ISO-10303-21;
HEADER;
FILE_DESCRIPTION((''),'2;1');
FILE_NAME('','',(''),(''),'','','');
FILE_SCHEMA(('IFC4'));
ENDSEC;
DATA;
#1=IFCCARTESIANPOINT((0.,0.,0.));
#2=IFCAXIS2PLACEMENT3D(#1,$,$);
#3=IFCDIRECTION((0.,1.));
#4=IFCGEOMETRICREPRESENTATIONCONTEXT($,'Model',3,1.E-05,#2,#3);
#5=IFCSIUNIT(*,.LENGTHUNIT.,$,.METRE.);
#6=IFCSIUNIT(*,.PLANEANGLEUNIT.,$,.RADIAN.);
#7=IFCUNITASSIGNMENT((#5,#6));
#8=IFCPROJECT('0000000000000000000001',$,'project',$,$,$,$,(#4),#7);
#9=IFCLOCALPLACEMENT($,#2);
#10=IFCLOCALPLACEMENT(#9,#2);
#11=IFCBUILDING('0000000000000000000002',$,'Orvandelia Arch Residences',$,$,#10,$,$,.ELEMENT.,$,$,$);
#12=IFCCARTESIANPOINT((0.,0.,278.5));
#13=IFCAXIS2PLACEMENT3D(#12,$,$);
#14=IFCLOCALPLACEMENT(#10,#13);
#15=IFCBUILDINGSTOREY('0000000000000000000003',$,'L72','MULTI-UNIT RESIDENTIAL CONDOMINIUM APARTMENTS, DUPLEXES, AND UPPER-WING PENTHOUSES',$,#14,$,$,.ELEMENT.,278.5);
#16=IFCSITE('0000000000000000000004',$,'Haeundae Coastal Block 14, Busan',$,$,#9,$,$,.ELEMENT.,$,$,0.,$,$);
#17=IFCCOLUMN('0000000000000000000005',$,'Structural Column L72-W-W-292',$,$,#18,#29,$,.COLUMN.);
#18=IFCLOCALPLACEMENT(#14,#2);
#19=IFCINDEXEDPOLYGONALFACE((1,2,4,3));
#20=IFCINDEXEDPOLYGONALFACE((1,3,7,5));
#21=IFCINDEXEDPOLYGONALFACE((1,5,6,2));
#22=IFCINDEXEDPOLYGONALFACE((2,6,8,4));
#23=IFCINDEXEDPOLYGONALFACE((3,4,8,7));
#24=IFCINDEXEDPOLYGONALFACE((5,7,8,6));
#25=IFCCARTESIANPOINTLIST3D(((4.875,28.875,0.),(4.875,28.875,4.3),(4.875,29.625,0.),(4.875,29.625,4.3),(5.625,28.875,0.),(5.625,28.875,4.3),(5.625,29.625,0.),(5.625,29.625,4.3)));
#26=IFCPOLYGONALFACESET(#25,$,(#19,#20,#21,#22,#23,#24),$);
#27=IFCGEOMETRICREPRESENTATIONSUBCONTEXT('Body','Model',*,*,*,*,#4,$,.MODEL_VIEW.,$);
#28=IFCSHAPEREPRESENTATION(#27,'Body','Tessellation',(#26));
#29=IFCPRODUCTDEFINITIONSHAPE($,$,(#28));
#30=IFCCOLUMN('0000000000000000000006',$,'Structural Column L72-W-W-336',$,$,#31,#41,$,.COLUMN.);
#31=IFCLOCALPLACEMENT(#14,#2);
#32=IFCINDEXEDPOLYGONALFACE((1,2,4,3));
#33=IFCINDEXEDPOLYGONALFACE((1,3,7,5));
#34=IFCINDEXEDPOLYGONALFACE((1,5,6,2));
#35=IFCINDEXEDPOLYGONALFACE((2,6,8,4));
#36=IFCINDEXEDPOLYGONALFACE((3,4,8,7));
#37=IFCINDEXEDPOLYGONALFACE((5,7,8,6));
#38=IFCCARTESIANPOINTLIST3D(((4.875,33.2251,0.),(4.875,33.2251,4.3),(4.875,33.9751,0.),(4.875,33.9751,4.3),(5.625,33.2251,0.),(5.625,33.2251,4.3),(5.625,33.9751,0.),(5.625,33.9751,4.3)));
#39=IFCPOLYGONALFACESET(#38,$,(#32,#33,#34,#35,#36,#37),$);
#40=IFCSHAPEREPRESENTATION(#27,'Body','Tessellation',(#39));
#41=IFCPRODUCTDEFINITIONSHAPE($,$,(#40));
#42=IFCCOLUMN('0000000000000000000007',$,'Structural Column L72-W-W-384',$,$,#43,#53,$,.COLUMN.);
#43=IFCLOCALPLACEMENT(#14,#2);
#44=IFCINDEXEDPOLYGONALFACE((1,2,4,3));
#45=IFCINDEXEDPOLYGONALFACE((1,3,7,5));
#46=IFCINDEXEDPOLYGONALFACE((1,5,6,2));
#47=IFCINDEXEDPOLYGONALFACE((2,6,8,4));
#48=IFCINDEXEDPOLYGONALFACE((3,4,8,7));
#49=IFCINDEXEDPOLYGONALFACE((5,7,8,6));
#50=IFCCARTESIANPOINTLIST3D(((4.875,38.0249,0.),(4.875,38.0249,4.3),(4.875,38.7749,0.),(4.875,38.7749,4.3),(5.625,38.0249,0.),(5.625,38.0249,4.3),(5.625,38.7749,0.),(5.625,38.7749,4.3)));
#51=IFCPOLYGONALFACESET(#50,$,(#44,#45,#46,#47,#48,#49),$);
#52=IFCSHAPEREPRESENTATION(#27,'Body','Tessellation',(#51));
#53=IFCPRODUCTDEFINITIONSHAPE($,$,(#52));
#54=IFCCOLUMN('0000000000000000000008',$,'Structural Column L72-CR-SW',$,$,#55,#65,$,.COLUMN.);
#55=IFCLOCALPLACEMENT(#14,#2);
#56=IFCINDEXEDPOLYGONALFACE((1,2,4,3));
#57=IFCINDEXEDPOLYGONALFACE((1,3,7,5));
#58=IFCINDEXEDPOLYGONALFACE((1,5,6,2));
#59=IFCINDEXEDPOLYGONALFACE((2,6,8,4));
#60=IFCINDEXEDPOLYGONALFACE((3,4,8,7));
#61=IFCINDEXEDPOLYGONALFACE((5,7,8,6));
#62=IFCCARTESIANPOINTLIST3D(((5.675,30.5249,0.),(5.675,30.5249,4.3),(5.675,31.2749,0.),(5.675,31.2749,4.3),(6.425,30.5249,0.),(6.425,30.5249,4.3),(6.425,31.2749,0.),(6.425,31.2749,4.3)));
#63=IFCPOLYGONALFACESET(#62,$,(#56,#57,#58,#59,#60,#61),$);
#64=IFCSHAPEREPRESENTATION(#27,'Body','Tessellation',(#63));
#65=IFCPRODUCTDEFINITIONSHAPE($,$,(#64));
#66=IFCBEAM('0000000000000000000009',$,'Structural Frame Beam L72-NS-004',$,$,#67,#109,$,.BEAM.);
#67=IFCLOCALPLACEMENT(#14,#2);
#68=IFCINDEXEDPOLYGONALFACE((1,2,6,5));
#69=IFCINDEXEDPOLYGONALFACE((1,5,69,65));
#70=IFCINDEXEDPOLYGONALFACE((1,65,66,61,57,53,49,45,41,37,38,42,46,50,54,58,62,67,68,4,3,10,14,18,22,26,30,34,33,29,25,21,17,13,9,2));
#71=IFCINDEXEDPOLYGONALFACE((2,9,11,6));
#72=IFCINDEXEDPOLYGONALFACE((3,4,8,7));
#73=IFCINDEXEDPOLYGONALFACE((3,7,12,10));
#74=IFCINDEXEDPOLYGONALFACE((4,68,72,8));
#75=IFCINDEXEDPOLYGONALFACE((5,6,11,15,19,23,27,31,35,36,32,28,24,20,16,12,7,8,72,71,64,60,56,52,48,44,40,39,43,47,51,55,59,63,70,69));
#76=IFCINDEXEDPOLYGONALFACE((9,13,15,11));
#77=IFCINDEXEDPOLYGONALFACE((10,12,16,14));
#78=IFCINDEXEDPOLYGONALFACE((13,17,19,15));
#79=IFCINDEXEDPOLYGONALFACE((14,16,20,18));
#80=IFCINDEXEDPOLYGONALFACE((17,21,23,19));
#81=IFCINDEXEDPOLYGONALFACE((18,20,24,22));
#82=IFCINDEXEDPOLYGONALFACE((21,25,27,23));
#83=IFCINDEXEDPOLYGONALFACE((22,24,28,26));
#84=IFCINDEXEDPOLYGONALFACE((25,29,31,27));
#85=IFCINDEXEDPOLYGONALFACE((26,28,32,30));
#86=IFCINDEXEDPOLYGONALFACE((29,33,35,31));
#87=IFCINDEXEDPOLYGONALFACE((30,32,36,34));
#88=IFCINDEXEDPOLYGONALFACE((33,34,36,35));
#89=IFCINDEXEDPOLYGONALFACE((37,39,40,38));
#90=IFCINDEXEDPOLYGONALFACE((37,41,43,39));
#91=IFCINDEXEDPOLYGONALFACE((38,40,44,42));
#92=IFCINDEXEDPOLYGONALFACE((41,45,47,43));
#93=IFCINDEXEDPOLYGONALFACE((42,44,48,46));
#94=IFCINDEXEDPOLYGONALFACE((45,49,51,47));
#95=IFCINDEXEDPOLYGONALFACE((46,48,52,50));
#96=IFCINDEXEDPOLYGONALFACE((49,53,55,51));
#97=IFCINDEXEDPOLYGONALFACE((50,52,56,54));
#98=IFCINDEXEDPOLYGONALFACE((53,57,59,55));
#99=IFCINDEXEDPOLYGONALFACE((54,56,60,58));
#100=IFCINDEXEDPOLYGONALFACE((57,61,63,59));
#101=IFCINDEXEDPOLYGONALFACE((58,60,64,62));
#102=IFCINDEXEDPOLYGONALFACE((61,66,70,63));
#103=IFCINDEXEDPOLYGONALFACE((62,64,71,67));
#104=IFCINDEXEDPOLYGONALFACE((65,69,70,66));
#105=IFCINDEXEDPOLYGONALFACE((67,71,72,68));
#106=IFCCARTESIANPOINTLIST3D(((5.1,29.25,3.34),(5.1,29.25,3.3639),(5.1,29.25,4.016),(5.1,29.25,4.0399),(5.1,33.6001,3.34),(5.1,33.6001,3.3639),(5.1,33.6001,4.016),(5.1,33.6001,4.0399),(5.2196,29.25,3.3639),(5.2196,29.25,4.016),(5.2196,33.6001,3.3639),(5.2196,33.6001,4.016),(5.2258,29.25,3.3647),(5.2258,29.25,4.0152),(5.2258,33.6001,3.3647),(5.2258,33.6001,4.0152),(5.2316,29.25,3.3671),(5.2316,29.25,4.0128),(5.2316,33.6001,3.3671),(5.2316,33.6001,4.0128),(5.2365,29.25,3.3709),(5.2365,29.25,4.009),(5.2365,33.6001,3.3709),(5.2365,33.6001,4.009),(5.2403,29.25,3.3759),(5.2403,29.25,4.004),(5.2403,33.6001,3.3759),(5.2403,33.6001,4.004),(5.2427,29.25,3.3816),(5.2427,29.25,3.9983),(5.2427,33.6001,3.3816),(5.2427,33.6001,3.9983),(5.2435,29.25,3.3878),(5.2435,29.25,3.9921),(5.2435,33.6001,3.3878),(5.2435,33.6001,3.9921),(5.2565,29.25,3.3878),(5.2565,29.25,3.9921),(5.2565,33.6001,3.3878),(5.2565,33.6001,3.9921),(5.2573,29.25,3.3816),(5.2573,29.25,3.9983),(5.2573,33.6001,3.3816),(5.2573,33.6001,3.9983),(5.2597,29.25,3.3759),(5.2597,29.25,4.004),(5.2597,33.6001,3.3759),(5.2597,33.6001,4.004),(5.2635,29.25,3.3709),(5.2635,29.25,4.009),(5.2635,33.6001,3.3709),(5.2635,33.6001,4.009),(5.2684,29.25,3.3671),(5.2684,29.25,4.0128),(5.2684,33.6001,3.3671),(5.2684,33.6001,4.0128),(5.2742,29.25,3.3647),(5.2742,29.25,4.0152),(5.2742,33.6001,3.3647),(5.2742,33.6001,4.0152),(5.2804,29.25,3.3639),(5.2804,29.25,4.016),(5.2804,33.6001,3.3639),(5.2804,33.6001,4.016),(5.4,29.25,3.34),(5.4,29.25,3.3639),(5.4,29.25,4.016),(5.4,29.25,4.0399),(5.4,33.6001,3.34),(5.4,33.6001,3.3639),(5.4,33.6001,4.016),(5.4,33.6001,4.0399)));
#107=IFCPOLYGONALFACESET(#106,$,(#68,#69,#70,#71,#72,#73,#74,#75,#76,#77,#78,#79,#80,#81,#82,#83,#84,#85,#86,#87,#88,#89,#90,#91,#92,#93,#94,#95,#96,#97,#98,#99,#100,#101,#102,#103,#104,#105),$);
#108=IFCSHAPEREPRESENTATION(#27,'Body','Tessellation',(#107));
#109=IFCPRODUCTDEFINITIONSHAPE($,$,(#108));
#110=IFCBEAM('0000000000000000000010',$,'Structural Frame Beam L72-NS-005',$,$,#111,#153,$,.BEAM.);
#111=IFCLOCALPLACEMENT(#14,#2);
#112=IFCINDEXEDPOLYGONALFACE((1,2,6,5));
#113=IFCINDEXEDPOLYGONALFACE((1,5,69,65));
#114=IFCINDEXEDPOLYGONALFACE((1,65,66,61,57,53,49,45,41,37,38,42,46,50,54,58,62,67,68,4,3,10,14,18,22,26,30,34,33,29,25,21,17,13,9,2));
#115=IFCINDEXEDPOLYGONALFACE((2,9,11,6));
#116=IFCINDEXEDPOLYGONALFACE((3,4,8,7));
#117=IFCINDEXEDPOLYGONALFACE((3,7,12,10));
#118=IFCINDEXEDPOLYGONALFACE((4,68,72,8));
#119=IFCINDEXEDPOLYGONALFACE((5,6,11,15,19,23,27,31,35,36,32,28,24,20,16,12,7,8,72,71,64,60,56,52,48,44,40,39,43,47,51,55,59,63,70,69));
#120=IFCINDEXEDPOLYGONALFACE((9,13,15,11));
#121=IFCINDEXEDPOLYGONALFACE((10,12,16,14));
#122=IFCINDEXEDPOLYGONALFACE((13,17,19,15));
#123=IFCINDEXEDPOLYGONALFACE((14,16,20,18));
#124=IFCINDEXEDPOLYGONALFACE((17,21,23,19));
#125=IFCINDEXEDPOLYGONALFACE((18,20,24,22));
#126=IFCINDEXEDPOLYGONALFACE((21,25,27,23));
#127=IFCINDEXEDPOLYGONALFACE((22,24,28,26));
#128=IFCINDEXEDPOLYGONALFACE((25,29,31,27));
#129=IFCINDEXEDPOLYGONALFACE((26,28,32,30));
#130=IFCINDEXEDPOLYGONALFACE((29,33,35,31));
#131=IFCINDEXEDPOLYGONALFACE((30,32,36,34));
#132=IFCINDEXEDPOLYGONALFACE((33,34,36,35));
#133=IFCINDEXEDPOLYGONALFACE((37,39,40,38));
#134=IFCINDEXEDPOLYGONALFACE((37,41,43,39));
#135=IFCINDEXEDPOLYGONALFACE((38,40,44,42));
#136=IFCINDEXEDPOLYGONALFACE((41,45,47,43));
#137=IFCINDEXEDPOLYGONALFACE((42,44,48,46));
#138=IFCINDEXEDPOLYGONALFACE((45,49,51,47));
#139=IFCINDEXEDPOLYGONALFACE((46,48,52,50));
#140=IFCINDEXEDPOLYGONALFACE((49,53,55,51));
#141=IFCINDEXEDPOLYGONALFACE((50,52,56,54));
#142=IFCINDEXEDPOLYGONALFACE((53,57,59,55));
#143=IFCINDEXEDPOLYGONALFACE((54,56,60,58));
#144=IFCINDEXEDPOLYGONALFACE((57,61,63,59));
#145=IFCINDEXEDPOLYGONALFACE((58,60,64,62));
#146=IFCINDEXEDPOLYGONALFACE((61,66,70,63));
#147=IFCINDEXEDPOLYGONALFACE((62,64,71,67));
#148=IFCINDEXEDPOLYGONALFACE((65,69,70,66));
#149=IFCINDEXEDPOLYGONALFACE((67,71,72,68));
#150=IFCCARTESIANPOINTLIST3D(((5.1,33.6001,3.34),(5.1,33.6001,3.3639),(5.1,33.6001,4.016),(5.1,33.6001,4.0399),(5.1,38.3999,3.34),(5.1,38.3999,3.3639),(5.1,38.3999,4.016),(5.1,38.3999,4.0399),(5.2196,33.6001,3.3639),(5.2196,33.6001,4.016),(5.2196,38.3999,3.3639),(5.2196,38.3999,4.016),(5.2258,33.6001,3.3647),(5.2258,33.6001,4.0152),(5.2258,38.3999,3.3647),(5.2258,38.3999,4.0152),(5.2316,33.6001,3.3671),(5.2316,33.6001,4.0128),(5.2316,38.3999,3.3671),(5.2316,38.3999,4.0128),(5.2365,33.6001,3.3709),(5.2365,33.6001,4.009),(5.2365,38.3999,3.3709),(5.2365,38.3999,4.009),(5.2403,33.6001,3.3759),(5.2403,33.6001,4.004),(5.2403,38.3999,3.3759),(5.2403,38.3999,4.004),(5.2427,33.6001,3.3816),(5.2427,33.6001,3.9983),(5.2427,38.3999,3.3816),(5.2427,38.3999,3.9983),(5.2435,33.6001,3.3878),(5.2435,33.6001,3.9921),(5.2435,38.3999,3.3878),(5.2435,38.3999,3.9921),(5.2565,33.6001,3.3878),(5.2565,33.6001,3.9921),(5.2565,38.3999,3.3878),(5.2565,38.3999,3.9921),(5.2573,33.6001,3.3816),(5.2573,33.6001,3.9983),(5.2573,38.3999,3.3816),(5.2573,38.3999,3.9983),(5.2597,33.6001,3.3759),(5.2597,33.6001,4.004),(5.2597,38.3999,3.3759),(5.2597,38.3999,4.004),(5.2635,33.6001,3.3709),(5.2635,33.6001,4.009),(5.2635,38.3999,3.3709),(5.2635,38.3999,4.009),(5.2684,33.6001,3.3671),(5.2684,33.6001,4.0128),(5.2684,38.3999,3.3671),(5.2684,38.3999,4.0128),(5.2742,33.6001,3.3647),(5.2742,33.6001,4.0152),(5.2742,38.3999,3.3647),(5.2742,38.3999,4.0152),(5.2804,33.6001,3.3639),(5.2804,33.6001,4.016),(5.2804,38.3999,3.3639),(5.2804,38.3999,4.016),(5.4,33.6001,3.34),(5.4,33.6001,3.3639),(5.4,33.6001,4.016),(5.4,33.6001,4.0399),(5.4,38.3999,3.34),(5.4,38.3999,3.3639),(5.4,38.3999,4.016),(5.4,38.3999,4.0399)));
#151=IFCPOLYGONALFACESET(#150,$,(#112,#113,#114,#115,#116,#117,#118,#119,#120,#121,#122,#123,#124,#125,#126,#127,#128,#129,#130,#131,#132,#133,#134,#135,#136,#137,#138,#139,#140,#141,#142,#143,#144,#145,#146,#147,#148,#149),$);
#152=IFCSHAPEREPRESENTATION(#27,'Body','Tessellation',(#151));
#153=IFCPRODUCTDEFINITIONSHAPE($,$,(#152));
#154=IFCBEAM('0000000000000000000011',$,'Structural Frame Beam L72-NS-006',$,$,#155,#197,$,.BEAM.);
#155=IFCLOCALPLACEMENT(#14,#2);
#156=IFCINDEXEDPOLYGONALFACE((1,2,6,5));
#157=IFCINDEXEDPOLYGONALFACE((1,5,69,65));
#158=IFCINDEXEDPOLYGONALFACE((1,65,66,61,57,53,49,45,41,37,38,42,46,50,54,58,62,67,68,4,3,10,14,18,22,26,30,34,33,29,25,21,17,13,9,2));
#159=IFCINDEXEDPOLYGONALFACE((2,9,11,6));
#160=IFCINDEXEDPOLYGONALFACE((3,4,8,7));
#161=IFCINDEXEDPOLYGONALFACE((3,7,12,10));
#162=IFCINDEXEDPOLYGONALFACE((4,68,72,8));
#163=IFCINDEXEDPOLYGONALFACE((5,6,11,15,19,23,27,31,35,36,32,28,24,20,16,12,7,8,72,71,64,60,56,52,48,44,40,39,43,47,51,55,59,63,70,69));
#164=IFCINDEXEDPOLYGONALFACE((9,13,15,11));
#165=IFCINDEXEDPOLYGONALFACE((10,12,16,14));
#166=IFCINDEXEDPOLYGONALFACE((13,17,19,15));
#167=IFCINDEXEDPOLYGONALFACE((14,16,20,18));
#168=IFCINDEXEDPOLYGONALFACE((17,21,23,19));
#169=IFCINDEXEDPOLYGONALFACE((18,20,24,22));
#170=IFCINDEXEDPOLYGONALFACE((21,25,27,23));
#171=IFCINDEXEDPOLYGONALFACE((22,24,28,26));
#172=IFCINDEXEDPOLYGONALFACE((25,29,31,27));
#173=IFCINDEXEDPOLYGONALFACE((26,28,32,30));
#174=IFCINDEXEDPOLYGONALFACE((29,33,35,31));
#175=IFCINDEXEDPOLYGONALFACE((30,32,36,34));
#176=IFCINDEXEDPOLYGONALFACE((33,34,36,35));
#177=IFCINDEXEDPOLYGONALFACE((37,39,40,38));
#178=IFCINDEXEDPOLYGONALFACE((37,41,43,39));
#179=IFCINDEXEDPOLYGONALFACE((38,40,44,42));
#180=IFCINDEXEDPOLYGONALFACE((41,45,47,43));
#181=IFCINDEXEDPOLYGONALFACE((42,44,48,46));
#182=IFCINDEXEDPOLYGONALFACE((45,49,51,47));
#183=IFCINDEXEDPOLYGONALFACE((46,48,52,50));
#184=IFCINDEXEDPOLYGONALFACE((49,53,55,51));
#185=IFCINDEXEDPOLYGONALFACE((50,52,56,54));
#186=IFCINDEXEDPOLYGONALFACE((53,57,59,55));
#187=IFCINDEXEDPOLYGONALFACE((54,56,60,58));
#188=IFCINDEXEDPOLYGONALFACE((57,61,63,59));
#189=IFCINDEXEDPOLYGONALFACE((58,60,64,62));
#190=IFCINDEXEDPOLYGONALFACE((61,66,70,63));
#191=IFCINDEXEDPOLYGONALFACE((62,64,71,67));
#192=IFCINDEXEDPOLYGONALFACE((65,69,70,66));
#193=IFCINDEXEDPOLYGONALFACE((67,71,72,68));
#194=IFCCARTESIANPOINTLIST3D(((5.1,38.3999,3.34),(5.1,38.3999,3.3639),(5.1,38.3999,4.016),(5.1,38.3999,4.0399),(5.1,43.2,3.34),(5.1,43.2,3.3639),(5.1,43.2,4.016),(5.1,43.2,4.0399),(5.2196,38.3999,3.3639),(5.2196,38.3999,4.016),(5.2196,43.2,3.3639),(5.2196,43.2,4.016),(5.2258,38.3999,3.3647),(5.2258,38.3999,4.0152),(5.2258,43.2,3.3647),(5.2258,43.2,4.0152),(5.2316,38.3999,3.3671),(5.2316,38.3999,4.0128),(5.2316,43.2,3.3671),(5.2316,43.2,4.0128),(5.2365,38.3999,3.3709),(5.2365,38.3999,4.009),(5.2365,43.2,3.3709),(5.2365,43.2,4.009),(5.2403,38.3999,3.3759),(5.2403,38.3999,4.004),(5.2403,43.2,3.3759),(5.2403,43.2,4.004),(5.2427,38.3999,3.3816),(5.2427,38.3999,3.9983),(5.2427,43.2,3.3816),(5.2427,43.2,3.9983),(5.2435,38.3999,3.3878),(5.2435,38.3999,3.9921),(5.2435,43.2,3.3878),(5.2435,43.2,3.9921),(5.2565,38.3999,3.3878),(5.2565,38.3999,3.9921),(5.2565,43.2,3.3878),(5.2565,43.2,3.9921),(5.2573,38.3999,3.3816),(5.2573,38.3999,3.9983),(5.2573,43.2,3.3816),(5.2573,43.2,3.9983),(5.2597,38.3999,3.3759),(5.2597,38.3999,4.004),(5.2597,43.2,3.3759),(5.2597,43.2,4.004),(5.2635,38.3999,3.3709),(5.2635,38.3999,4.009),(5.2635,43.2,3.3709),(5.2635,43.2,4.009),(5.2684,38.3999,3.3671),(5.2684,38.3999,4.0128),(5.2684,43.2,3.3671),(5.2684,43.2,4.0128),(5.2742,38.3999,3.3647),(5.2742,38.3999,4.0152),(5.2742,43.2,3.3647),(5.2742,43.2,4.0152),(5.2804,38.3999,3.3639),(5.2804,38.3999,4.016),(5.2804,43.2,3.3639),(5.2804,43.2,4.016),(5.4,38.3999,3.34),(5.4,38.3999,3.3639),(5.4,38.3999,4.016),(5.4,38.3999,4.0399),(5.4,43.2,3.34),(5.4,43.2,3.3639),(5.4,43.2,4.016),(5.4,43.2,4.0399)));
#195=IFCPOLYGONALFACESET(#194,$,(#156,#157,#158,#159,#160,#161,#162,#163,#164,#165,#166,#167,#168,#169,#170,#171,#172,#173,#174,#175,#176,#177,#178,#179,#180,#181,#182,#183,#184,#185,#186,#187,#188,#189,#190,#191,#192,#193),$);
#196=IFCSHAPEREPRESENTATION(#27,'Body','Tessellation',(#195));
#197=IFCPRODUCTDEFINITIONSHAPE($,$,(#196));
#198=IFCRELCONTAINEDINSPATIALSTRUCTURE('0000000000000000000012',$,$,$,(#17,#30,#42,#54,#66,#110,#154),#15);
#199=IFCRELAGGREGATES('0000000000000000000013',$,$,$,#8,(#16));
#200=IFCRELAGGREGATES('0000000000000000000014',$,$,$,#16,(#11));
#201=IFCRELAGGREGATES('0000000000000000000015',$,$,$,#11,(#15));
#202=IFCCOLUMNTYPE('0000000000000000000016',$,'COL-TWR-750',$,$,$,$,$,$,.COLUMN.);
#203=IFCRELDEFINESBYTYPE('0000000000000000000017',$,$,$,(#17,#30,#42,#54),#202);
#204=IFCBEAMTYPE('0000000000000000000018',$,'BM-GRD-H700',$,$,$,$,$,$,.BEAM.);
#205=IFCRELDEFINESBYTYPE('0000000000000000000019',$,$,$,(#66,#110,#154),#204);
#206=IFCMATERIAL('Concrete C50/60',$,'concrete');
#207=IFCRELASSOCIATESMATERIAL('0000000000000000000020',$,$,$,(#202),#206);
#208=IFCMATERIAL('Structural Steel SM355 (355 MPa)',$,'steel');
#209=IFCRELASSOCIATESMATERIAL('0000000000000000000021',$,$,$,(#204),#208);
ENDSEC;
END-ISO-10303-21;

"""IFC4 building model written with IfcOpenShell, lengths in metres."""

from ifc_helpers import new_model, si_unit, direction, frame, origin, origin_2d, place, context, subcontext, project, spatial, rectangle, i_section, extrude, material, material_profile, profile_set, type_object, element, save


model = new_model("IFC4")

# Units and contexts
model_context = context("Model", 3, precision=1e-05, world=origin(), true_north=direction((0.0, 1.0)))
body_context = subcontext(model_context, "Body", "Model", "MODEL_VIEW")
ifc_project = project(units=[si_unit("LENGTHUNIT", "METRE"), si_unit("PLANEANGLEUNIT", "RADIAN")], contexts=[model_context])

# Site, building, storey
site_placement = place(None, origin())
site = spatial("IfcSite", under=ifc_project, at=site_placement, Name="Haeundae Coastal Block 14, Busan", CompositionType="ELEMENT", RefElevation=0.0)
building_placement = place(site_placement, origin())
building = spatial("IfcBuilding", under=site, at=building_placement, Name="Orvandelia Arch Residences", CompositionType="ELEMENT")
storey_placement = place(building_placement, frame((0.0, 0.0, 278.5)))
storey = spatial("IfcBuildingStorey", under=building, at=storey_placement, Name="L72", Description="MULTI-UNIT RESIDENTIAL CONDOMINIUM APARTMENTS, DUPLEXES, AND UPPER-WING PENTHOUSES", CompositionType="ELEMENT", Elevation=278.5)

# Columns
ifc_material_1 = material(Name="Concrete C50/60", Category="concrete")
ifc_material_profile_1 = material_profile(ifc_material_1, rectangle(XDim=0.75, YDim=0.75, at=origin_2d()), Name="Concrete C50/60", Category="concrete")
ifc_profile_set_1 = profile_set([ifc_material_profile_1], Name="Concrete C50/60")
column_type = type_object("IfcColumnType", Name="COL-TWR-750", PredefinedType="COLUMN", material=ifc_profile_set_1)
for number, where, z_axis, x_axis, name in (
    (1, (5.25, 29.25, 0.0), (0.0, 0.0, 1.0), (1.0, 0.0, 0.0), "Structural Column L72-W-W-292"),
    (2, (5.25, 33.6001, 0.0), (0.0, 0.0, 1.0), (1.0, 0.0, 0.0), "Structural Column L72-W-W-336"),
    (3, (5.25, 38.3999, 0.0), (0.0, 0.0, 1.0), (1.0, 0.0, 0.0), "Structural Column L72-W-W-384"),
    (4, (6.05, 30.8999, 0.0), (0.0, 0.0, 1.0), (1.0, 0.0, 0.0), "Structural Column L72-CR-SW"),
):
    element("IfcColumn", number, at=place(storey_placement, frame(where, z_axis=z_axis, x_axis=x_axis)), inside=storey, type_object=column_type, Name=name, PredefinedType="COLUMN", context=body_context, shape_type="SweptSolid", body=[
        extrude(rectangle(XDim=0.75, YDim=0.75, at=origin_2d()), origin(), (0.0, 0.0, 1.0), 4.3),
    ])

# Beams
ifc_material_2 = material(Name="Structural Steel SM355 (355 MPa)", Category="steel")
ifc_material_profile_2 = material_profile(ifc_material_2, i_section(OverallWidth=0.3, OverallDepth=0.7, WebThickness=0.0129, FlangeThickness=0.0239, FilletRadius=0.0239, at=origin_2d()), Name="Structural Steel SM355 (355 MPa)", Category="steel")
ifc_profile_set_2 = profile_set([ifc_material_profile_2], Name="Structural Steel SM355 (355 MPa)")
beam_type = type_object("IfcBeamType", Name="BM-GRD-H700", PredefinedType="BEAM", material=ifc_profile_set_2)
beam_1_placement = place(storey_placement, frame((5.25, 29.25, 3.6899), z_axis=(0.0, 1.0, 0.0), x_axis=(-1.0, 0.0, 0.0)))
element("IfcBeam", 5, at=beam_1_placement, inside=storey, type_object=beam_type, Name="Structural Frame Beam L72-NS-004", PredefinedType="BEAM", context=body_context, shape_type="SweptSolid", body=[
    extrude(i_section(OverallWidth=0.3, OverallDepth=0.7, WebThickness=0.0129, FlangeThickness=0.0239, FilletRadius=0.0239, at=origin_2d()), origin(), (0.0, 0.0, 1.0), 4.3501),
])
beam_2_placement = place(storey_placement, frame((5.25, 33.6001, 3.6899), z_axis=(0.0, 1.0, 0.0), x_axis=(-1.0, 0.0, 0.0)))
element("IfcBeam", 6, at=beam_2_placement, inside=storey, type_object=beam_type, Name="Structural Frame Beam L72-NS-005", PredefinedType="BEAM", context=body_context, shape_type="SweptSolid", body=[
    extrude(i_section(OverallWidth=0.3, OverallDepth=0.7, WebThickness=0.0129, FlangeThickness=0.0239, FilletRadius=0.0239, at=origin_2d()), origin(), (0.0, 0.0, 1.0), 4.7998),
])
beam_3_placement = place(storey_placement, frame((5.25, 38.3999, 3.6899), z_axis=(0.0, 1.0, 0.0), x_axis=(-1.0, 0.0, 0.0)))
element("IfcBeam", 7, at=beam_3_placement, inside=storey, type_object=beam_type, Name="Structural Frame Beam L72-NS-006", PredefinedType="BEAM", context=body_context, shape_type="SweptSolid", body=[
    extrude(i_section(OverallWidth=0.3, OverallDepth=0.7, WebThickness=0.0129, FlangeThickness=0.0239, FilletRadius=0.0239, at=origin_2d()), origin(), (0.0, 0.0, 1.0), 4.8),
])

save(model, "model.ifc")
